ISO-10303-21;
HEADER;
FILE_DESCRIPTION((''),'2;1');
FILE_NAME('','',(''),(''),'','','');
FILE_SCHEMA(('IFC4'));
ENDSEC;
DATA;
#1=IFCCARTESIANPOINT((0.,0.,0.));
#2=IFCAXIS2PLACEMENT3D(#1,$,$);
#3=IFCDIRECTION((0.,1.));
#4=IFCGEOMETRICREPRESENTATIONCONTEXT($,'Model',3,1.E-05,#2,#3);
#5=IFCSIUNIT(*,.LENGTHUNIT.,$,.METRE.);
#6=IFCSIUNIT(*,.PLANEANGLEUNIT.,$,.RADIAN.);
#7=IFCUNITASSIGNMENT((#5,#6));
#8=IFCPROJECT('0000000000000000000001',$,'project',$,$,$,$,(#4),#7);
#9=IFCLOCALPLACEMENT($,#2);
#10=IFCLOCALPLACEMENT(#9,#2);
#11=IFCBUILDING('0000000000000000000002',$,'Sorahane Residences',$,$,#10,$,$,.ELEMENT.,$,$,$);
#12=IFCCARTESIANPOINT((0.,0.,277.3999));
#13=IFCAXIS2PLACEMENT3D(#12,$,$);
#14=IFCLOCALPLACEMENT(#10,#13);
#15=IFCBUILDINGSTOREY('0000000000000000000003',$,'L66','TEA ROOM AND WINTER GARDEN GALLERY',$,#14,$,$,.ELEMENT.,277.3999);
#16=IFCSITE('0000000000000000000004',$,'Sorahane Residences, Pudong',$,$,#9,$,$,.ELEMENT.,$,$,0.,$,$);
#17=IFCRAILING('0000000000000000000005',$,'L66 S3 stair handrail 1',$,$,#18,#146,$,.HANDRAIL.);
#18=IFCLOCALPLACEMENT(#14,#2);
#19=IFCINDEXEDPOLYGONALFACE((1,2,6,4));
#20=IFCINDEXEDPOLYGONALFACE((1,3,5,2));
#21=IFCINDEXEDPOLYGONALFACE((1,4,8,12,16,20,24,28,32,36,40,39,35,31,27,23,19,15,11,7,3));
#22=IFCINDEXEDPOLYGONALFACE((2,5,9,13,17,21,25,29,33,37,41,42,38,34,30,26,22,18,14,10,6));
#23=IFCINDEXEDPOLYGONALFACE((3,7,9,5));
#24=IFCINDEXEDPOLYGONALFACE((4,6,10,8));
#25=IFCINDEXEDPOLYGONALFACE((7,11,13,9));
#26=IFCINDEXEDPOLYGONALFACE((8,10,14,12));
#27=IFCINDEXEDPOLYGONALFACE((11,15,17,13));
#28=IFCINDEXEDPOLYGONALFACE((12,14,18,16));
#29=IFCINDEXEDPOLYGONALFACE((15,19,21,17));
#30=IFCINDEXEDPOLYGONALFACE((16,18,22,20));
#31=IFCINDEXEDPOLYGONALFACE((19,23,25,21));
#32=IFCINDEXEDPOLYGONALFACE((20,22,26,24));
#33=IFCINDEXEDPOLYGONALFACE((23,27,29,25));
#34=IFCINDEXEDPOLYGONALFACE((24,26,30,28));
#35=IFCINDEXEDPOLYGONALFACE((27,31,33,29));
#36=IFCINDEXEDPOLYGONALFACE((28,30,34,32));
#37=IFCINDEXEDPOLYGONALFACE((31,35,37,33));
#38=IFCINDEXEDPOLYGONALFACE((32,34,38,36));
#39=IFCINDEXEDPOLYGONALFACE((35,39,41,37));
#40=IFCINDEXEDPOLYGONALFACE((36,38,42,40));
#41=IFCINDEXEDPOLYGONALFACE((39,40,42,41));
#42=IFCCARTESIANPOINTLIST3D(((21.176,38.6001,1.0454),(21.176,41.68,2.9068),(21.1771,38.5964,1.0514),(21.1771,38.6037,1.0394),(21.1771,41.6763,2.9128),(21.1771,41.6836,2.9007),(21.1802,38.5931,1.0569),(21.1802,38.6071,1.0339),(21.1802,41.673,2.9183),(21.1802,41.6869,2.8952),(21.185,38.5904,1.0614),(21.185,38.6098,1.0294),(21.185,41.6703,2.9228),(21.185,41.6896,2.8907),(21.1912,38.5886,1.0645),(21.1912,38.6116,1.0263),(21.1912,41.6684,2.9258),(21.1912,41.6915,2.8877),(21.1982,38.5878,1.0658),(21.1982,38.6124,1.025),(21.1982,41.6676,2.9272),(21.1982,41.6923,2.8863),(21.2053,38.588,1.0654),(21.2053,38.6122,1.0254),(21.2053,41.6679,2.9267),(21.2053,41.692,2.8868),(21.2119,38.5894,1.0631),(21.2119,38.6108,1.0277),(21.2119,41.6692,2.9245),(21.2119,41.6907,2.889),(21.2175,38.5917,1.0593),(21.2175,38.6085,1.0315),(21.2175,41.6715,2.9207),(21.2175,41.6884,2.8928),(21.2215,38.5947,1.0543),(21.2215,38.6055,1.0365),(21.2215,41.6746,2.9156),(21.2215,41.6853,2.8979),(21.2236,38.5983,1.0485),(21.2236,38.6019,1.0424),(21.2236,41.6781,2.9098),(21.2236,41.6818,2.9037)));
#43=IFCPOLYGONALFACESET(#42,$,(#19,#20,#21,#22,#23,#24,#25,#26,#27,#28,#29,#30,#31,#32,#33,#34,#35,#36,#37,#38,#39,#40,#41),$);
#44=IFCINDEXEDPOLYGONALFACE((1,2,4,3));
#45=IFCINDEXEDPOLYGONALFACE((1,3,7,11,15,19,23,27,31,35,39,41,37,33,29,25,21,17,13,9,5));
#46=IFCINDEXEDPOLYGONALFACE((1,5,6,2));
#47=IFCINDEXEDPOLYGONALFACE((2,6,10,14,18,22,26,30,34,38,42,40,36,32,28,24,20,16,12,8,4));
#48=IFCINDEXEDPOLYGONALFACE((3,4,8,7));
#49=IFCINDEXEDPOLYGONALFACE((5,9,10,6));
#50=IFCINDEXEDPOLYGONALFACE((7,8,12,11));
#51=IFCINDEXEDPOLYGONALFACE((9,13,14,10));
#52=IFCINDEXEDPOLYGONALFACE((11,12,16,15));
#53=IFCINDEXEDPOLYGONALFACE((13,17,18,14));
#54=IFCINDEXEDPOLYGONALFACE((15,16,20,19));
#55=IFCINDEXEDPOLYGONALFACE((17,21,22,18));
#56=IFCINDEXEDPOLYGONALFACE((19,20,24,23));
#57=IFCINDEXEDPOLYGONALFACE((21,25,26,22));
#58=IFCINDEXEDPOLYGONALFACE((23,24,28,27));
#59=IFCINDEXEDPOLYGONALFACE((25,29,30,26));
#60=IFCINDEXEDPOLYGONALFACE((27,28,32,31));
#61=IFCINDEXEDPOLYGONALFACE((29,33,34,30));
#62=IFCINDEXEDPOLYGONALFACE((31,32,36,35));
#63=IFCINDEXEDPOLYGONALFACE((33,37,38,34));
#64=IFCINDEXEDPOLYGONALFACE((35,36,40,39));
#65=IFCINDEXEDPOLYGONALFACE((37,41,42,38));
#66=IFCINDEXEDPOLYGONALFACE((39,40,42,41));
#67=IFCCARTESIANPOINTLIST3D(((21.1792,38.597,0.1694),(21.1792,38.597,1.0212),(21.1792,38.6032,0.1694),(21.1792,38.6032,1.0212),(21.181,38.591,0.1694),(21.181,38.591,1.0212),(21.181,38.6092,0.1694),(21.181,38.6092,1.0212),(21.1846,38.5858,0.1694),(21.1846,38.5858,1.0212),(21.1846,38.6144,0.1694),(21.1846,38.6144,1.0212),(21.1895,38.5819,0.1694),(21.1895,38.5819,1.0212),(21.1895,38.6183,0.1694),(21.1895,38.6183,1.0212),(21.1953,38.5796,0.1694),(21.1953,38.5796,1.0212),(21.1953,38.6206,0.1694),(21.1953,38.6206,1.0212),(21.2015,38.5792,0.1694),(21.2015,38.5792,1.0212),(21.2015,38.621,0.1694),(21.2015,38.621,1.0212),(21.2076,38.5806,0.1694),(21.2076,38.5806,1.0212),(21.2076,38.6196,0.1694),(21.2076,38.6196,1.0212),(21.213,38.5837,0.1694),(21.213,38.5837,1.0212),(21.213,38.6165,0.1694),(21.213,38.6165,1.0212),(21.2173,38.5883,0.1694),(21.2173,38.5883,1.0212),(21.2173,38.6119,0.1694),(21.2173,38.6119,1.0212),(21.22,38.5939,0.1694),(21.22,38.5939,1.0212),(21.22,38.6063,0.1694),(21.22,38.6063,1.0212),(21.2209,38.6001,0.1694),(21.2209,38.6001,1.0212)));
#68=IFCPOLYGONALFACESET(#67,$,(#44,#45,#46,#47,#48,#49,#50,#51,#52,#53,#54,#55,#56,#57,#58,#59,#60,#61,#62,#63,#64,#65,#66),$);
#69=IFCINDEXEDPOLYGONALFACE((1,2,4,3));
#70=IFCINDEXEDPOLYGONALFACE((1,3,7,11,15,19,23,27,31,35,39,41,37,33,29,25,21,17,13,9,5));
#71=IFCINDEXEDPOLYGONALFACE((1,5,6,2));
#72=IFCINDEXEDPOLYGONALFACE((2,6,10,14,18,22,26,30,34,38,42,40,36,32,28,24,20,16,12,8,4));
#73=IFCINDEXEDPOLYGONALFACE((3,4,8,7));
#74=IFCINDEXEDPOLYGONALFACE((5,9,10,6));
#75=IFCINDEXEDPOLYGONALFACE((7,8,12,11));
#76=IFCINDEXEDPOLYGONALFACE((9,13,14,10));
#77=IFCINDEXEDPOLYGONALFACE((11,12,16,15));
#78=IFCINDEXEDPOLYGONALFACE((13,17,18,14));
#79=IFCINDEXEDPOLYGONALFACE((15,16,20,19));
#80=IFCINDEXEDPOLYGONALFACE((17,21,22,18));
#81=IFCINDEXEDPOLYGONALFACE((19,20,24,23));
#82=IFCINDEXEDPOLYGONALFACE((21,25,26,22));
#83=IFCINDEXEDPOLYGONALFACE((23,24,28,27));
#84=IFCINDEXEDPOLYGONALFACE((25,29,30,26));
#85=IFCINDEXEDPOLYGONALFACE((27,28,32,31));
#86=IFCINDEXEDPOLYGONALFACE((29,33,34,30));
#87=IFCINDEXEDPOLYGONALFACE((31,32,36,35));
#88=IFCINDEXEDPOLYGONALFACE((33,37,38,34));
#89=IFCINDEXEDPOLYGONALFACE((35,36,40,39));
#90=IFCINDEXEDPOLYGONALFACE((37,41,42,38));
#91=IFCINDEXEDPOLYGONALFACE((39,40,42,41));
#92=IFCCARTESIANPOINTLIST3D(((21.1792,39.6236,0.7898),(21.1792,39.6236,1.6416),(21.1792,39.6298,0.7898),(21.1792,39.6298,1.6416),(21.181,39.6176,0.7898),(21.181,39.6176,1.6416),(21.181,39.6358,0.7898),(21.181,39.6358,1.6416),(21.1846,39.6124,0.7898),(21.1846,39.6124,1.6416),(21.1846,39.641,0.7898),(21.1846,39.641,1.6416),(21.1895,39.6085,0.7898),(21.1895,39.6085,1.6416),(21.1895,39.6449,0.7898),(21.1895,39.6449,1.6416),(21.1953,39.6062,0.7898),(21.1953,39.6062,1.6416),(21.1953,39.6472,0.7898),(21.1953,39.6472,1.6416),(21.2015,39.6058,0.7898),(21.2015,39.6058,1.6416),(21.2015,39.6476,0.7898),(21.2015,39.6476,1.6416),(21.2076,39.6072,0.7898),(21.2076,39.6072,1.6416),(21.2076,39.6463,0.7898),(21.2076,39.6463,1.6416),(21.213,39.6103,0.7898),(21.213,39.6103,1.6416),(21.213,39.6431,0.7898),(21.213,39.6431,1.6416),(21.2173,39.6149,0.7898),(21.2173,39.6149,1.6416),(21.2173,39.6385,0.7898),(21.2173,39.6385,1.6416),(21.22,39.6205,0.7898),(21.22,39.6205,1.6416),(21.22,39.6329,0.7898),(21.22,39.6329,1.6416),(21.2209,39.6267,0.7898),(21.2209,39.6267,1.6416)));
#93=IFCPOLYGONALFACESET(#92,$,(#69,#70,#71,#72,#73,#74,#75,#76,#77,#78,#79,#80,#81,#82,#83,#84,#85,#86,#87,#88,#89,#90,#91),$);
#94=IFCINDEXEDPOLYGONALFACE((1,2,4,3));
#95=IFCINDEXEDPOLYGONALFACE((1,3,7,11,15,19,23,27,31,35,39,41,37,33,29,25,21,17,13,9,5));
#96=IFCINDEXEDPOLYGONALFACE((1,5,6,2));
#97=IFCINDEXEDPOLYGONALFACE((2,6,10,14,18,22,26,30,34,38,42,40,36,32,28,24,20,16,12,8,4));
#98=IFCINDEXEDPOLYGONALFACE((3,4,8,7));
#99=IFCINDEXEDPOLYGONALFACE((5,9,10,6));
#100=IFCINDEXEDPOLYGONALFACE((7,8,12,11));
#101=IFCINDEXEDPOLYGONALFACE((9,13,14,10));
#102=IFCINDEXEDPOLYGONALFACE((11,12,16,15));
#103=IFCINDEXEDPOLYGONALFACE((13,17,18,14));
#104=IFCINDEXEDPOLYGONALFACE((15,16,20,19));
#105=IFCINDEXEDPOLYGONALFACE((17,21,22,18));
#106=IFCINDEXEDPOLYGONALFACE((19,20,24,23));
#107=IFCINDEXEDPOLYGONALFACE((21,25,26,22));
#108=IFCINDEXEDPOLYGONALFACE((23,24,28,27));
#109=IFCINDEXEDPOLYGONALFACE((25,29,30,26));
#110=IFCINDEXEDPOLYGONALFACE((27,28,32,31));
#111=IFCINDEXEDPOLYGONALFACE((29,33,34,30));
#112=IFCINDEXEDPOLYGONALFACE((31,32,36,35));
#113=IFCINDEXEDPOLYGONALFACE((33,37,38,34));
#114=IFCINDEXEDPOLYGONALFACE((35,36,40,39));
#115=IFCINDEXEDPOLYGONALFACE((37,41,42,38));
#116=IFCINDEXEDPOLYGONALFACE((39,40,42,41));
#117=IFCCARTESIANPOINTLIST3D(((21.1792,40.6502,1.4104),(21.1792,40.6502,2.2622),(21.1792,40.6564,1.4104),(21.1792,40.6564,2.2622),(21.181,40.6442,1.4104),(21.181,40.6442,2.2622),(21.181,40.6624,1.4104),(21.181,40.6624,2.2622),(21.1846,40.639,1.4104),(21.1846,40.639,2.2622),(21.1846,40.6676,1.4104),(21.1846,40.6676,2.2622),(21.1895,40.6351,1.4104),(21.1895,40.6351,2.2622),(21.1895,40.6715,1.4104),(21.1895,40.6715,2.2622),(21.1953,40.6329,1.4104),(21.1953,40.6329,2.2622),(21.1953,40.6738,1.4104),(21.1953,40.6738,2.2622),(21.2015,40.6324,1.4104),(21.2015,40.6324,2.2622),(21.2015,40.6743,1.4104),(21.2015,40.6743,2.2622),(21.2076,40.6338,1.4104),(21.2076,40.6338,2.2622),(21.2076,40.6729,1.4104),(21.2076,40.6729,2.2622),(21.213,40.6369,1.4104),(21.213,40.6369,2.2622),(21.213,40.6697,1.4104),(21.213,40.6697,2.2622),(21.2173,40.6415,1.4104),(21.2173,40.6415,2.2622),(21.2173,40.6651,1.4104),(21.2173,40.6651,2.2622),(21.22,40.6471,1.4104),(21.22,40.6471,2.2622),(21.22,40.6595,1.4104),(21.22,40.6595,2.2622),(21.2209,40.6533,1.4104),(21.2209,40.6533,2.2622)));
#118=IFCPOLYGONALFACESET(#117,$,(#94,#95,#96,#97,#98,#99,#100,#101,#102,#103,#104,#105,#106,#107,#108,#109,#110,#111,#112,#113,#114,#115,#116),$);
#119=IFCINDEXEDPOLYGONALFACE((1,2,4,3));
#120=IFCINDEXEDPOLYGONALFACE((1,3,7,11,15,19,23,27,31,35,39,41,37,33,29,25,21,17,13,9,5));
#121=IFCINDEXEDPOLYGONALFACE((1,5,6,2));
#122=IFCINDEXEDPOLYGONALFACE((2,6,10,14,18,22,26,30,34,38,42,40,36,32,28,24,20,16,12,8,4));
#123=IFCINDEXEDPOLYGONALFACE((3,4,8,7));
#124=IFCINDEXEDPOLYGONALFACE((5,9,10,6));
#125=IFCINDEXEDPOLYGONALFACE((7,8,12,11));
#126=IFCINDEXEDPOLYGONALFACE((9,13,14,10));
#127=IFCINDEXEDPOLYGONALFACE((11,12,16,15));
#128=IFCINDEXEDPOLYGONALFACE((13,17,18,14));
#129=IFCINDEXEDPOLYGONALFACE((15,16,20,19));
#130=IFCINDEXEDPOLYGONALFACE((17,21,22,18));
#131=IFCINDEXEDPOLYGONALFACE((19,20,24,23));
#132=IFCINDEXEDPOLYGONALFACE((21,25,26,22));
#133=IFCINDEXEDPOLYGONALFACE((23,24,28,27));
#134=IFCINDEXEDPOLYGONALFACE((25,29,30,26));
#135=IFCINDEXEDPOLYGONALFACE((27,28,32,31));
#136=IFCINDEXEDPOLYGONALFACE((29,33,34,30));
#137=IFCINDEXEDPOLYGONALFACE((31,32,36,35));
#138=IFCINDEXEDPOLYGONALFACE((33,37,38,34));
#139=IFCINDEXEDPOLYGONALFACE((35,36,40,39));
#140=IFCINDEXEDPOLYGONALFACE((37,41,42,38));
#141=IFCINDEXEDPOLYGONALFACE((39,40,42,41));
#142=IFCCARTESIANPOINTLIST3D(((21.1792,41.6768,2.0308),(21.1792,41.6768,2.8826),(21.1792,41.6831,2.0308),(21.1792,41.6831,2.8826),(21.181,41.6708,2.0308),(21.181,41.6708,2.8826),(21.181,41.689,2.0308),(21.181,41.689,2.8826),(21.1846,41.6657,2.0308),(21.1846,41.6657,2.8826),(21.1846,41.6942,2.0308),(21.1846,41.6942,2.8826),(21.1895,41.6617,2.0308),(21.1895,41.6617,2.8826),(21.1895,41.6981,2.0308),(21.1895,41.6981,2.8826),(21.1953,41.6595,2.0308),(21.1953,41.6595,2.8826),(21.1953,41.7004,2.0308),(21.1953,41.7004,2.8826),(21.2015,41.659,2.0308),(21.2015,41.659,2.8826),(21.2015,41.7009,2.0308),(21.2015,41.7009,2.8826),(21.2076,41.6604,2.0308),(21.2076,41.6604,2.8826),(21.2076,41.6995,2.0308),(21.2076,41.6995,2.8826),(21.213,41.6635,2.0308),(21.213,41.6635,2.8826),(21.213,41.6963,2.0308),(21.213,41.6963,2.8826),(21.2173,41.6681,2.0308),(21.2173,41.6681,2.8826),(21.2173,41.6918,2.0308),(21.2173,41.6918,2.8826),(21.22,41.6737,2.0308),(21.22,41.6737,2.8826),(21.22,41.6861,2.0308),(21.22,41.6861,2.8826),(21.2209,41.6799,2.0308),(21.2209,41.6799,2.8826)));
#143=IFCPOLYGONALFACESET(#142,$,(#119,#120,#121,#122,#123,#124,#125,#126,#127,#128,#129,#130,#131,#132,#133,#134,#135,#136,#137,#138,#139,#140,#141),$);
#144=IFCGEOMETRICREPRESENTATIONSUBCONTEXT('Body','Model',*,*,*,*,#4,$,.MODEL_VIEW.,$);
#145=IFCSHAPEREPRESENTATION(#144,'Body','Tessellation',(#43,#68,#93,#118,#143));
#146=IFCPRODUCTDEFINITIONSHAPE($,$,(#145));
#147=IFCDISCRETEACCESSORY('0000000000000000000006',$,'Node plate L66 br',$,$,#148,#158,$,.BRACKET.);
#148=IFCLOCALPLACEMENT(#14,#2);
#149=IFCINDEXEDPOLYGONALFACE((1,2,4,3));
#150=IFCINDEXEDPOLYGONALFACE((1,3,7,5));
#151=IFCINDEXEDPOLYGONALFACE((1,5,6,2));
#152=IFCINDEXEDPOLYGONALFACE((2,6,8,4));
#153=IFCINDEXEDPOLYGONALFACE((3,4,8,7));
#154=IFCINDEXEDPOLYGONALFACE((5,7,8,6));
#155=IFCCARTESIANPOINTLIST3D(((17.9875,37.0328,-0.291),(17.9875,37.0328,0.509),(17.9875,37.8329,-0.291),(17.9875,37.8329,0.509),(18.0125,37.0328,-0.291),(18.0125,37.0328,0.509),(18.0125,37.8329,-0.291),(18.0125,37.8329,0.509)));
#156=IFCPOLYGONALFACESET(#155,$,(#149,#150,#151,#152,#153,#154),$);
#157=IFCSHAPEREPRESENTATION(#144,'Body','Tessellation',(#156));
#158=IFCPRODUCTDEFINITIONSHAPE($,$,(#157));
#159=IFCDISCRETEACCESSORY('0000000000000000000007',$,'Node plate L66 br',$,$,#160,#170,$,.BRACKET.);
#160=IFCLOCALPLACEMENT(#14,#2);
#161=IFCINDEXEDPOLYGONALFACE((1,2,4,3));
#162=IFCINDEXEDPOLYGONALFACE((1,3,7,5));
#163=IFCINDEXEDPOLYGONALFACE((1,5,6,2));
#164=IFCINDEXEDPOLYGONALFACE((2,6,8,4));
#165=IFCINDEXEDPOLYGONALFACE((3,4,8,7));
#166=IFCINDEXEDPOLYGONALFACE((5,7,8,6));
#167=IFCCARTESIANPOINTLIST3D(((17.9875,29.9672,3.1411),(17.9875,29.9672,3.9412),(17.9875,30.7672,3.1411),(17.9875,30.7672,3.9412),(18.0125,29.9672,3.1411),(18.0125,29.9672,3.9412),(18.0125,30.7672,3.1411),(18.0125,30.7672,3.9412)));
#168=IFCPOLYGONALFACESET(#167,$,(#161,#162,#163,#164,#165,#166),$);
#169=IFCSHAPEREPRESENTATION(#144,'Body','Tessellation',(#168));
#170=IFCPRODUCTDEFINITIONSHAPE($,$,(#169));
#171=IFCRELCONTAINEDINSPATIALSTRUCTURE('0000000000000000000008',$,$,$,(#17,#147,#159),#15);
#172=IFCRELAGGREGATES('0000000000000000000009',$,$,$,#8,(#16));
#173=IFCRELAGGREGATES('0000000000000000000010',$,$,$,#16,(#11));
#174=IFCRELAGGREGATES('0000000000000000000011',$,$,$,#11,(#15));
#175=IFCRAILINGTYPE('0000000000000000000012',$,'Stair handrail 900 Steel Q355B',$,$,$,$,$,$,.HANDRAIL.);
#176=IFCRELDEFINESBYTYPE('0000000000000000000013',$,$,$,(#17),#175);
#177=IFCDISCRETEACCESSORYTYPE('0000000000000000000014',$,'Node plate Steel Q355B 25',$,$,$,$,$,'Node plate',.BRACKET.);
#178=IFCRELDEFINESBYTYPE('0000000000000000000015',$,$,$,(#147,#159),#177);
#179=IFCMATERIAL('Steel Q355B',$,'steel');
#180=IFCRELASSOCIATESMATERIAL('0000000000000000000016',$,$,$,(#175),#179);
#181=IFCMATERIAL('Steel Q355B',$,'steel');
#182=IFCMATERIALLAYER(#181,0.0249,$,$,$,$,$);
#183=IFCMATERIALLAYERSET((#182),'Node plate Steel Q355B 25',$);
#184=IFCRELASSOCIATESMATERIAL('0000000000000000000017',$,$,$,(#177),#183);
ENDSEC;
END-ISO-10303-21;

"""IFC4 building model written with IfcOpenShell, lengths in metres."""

from ifc_helpers import new_model, si_unit, direction, frame, origin, origin_2d, place, context, subcontext, project, spatial, rectangle, circle, extrude, material, layer, layer_set, type_object, element, save


model = new_model("IFC4")

# Units and contexts
model_context = context("Model", 3, precision=1e-05, world=origin(), true_north=direction((0.0, 1.0)))
body_context = subcontext(model_context, "Body", "Model", "MODEL_VIEW")
ifc_project = project(units=[si_unit("LENGTHUNIT", "METRE"), si_unit("PLANEANGLEUNIT", "RADIAN")], contexts=[model_context])

# Site, building, storey
site_placement = place(None, origin())
site = spatial("IfcSite", under=ifc_project, at=site_placement, Name="Sorahane Residences, Pudong", CompositionType="ELEMENT", RefElevation=0.0)
building_placement = place(site_placement, origin())
building = spatial("IfcBuilding", under=site, at=building_placement, Name="Sorahane Residences", CompositionType="ELEMENT")
storey_placement = place(building_placement, frame((0.0, 0.0, 277.3999)))
storey = spatial("IfcBuildingStorey", under=building, at=storey_placement, Name="L66", Description="TEA ROOM AND WINTER GARDEN GALLERY", CompositionType="ELEMENT", Elevation=277.3999)

# Railing
ifc_material_1 = material(Name="Steel Q355B", Category="steel")
railing_type_1 = type_object("IfcRailingType", Name="Stair handrail 900 Steel Q355B", PredefinedType="HANDRAIL", material=ifc_material_1)
railing_1_placement = place(storey_placement, frame((21.2, 38.6001, 0.1694)))
element("IfcRailing", 1, at=railing_1_placement, inside=storey, type_object=railing_type_1, Name="L66 S3 stair handrail 1", PredefinedType="HANDRAIL", context=body_context, shape_type="SweptSolid", body=[
    extrude(circle(Radius=0.0239, at=origin_2d()), frame((0.0, 0.0, 0.876), z_axis=(0.0, 0.855842, 0.517237), x_axis=(-1.0, 0.0, 0.0)), (0.0, 0.0, 1.0), 3.5986),
    extrude(circle(Radius=0.021, at=origin_2d()), origin(), (0.0, 0.0, 1.0), 0.8518),
    extrude(circle(Radius=0.021, at=origin_2d()), frame((0.0, 1.0266, 0.6204)), (0.0, 0.0, 1.0), 0.8518),
    extrude(circle(Radius=0.021, at=origin_2d()), frame((0.0, 2.0532, 1.241)), (0.0, 0.0, 1.0), 0.8518),
    extrude(circle(Radius=0.021, at=origin_2d()), frame((0.0, 3.0798, 1.8613)), (0.0, 0.0, 1.0), 0.8518),
])

# Discrete accessories
ifc_material_2 = material(Name="Steel Q355B", Category="steel")
ifc_layer_1 = layer(ifc_material_2, 0.0249)
ifc_layer_set_1 = layer_set([ifc_layer_1], Name="Node plate Steel Q355B 25")
discrete_accessory_type = type_object("IfcDiscreteAccessoryType", Name="Node plate Steel Q355B 25", ElementType="Node plate", PredefinedType="BRACKET", material=ifc_layer_set_1)
for number, where, z_axis, x_axis, name in (
    (2, (18.0, 37.4329, -0.291), (0.0, 0.0, 1.0), (0.0, 1.0, 0.0), "Node plate L66 br"),
    (3, (18.0, 30.3672, 3.1411), (0.0, 0.0, 1.0), (0.0, 1.0, 0.0), "Node plate L66 br"),
):
    element("IfcDiscreteAccessory", number, at=place(storey_placement, frame(where, z_axis=z_axis, x_axis=x_axis)), inside=storey, type_object=discrete_accessory_type, Name=name, PredefinedType="BRACKET", context=body_context, shape_type="SweptSolid", body=[
        extrude(rectangle(XDim=0.8, YDim=0.0249, at=origin_2d()), origin(), (0.0, 0.0, 1.0), 0.8),
    ])

save(model, "model.ifc")
